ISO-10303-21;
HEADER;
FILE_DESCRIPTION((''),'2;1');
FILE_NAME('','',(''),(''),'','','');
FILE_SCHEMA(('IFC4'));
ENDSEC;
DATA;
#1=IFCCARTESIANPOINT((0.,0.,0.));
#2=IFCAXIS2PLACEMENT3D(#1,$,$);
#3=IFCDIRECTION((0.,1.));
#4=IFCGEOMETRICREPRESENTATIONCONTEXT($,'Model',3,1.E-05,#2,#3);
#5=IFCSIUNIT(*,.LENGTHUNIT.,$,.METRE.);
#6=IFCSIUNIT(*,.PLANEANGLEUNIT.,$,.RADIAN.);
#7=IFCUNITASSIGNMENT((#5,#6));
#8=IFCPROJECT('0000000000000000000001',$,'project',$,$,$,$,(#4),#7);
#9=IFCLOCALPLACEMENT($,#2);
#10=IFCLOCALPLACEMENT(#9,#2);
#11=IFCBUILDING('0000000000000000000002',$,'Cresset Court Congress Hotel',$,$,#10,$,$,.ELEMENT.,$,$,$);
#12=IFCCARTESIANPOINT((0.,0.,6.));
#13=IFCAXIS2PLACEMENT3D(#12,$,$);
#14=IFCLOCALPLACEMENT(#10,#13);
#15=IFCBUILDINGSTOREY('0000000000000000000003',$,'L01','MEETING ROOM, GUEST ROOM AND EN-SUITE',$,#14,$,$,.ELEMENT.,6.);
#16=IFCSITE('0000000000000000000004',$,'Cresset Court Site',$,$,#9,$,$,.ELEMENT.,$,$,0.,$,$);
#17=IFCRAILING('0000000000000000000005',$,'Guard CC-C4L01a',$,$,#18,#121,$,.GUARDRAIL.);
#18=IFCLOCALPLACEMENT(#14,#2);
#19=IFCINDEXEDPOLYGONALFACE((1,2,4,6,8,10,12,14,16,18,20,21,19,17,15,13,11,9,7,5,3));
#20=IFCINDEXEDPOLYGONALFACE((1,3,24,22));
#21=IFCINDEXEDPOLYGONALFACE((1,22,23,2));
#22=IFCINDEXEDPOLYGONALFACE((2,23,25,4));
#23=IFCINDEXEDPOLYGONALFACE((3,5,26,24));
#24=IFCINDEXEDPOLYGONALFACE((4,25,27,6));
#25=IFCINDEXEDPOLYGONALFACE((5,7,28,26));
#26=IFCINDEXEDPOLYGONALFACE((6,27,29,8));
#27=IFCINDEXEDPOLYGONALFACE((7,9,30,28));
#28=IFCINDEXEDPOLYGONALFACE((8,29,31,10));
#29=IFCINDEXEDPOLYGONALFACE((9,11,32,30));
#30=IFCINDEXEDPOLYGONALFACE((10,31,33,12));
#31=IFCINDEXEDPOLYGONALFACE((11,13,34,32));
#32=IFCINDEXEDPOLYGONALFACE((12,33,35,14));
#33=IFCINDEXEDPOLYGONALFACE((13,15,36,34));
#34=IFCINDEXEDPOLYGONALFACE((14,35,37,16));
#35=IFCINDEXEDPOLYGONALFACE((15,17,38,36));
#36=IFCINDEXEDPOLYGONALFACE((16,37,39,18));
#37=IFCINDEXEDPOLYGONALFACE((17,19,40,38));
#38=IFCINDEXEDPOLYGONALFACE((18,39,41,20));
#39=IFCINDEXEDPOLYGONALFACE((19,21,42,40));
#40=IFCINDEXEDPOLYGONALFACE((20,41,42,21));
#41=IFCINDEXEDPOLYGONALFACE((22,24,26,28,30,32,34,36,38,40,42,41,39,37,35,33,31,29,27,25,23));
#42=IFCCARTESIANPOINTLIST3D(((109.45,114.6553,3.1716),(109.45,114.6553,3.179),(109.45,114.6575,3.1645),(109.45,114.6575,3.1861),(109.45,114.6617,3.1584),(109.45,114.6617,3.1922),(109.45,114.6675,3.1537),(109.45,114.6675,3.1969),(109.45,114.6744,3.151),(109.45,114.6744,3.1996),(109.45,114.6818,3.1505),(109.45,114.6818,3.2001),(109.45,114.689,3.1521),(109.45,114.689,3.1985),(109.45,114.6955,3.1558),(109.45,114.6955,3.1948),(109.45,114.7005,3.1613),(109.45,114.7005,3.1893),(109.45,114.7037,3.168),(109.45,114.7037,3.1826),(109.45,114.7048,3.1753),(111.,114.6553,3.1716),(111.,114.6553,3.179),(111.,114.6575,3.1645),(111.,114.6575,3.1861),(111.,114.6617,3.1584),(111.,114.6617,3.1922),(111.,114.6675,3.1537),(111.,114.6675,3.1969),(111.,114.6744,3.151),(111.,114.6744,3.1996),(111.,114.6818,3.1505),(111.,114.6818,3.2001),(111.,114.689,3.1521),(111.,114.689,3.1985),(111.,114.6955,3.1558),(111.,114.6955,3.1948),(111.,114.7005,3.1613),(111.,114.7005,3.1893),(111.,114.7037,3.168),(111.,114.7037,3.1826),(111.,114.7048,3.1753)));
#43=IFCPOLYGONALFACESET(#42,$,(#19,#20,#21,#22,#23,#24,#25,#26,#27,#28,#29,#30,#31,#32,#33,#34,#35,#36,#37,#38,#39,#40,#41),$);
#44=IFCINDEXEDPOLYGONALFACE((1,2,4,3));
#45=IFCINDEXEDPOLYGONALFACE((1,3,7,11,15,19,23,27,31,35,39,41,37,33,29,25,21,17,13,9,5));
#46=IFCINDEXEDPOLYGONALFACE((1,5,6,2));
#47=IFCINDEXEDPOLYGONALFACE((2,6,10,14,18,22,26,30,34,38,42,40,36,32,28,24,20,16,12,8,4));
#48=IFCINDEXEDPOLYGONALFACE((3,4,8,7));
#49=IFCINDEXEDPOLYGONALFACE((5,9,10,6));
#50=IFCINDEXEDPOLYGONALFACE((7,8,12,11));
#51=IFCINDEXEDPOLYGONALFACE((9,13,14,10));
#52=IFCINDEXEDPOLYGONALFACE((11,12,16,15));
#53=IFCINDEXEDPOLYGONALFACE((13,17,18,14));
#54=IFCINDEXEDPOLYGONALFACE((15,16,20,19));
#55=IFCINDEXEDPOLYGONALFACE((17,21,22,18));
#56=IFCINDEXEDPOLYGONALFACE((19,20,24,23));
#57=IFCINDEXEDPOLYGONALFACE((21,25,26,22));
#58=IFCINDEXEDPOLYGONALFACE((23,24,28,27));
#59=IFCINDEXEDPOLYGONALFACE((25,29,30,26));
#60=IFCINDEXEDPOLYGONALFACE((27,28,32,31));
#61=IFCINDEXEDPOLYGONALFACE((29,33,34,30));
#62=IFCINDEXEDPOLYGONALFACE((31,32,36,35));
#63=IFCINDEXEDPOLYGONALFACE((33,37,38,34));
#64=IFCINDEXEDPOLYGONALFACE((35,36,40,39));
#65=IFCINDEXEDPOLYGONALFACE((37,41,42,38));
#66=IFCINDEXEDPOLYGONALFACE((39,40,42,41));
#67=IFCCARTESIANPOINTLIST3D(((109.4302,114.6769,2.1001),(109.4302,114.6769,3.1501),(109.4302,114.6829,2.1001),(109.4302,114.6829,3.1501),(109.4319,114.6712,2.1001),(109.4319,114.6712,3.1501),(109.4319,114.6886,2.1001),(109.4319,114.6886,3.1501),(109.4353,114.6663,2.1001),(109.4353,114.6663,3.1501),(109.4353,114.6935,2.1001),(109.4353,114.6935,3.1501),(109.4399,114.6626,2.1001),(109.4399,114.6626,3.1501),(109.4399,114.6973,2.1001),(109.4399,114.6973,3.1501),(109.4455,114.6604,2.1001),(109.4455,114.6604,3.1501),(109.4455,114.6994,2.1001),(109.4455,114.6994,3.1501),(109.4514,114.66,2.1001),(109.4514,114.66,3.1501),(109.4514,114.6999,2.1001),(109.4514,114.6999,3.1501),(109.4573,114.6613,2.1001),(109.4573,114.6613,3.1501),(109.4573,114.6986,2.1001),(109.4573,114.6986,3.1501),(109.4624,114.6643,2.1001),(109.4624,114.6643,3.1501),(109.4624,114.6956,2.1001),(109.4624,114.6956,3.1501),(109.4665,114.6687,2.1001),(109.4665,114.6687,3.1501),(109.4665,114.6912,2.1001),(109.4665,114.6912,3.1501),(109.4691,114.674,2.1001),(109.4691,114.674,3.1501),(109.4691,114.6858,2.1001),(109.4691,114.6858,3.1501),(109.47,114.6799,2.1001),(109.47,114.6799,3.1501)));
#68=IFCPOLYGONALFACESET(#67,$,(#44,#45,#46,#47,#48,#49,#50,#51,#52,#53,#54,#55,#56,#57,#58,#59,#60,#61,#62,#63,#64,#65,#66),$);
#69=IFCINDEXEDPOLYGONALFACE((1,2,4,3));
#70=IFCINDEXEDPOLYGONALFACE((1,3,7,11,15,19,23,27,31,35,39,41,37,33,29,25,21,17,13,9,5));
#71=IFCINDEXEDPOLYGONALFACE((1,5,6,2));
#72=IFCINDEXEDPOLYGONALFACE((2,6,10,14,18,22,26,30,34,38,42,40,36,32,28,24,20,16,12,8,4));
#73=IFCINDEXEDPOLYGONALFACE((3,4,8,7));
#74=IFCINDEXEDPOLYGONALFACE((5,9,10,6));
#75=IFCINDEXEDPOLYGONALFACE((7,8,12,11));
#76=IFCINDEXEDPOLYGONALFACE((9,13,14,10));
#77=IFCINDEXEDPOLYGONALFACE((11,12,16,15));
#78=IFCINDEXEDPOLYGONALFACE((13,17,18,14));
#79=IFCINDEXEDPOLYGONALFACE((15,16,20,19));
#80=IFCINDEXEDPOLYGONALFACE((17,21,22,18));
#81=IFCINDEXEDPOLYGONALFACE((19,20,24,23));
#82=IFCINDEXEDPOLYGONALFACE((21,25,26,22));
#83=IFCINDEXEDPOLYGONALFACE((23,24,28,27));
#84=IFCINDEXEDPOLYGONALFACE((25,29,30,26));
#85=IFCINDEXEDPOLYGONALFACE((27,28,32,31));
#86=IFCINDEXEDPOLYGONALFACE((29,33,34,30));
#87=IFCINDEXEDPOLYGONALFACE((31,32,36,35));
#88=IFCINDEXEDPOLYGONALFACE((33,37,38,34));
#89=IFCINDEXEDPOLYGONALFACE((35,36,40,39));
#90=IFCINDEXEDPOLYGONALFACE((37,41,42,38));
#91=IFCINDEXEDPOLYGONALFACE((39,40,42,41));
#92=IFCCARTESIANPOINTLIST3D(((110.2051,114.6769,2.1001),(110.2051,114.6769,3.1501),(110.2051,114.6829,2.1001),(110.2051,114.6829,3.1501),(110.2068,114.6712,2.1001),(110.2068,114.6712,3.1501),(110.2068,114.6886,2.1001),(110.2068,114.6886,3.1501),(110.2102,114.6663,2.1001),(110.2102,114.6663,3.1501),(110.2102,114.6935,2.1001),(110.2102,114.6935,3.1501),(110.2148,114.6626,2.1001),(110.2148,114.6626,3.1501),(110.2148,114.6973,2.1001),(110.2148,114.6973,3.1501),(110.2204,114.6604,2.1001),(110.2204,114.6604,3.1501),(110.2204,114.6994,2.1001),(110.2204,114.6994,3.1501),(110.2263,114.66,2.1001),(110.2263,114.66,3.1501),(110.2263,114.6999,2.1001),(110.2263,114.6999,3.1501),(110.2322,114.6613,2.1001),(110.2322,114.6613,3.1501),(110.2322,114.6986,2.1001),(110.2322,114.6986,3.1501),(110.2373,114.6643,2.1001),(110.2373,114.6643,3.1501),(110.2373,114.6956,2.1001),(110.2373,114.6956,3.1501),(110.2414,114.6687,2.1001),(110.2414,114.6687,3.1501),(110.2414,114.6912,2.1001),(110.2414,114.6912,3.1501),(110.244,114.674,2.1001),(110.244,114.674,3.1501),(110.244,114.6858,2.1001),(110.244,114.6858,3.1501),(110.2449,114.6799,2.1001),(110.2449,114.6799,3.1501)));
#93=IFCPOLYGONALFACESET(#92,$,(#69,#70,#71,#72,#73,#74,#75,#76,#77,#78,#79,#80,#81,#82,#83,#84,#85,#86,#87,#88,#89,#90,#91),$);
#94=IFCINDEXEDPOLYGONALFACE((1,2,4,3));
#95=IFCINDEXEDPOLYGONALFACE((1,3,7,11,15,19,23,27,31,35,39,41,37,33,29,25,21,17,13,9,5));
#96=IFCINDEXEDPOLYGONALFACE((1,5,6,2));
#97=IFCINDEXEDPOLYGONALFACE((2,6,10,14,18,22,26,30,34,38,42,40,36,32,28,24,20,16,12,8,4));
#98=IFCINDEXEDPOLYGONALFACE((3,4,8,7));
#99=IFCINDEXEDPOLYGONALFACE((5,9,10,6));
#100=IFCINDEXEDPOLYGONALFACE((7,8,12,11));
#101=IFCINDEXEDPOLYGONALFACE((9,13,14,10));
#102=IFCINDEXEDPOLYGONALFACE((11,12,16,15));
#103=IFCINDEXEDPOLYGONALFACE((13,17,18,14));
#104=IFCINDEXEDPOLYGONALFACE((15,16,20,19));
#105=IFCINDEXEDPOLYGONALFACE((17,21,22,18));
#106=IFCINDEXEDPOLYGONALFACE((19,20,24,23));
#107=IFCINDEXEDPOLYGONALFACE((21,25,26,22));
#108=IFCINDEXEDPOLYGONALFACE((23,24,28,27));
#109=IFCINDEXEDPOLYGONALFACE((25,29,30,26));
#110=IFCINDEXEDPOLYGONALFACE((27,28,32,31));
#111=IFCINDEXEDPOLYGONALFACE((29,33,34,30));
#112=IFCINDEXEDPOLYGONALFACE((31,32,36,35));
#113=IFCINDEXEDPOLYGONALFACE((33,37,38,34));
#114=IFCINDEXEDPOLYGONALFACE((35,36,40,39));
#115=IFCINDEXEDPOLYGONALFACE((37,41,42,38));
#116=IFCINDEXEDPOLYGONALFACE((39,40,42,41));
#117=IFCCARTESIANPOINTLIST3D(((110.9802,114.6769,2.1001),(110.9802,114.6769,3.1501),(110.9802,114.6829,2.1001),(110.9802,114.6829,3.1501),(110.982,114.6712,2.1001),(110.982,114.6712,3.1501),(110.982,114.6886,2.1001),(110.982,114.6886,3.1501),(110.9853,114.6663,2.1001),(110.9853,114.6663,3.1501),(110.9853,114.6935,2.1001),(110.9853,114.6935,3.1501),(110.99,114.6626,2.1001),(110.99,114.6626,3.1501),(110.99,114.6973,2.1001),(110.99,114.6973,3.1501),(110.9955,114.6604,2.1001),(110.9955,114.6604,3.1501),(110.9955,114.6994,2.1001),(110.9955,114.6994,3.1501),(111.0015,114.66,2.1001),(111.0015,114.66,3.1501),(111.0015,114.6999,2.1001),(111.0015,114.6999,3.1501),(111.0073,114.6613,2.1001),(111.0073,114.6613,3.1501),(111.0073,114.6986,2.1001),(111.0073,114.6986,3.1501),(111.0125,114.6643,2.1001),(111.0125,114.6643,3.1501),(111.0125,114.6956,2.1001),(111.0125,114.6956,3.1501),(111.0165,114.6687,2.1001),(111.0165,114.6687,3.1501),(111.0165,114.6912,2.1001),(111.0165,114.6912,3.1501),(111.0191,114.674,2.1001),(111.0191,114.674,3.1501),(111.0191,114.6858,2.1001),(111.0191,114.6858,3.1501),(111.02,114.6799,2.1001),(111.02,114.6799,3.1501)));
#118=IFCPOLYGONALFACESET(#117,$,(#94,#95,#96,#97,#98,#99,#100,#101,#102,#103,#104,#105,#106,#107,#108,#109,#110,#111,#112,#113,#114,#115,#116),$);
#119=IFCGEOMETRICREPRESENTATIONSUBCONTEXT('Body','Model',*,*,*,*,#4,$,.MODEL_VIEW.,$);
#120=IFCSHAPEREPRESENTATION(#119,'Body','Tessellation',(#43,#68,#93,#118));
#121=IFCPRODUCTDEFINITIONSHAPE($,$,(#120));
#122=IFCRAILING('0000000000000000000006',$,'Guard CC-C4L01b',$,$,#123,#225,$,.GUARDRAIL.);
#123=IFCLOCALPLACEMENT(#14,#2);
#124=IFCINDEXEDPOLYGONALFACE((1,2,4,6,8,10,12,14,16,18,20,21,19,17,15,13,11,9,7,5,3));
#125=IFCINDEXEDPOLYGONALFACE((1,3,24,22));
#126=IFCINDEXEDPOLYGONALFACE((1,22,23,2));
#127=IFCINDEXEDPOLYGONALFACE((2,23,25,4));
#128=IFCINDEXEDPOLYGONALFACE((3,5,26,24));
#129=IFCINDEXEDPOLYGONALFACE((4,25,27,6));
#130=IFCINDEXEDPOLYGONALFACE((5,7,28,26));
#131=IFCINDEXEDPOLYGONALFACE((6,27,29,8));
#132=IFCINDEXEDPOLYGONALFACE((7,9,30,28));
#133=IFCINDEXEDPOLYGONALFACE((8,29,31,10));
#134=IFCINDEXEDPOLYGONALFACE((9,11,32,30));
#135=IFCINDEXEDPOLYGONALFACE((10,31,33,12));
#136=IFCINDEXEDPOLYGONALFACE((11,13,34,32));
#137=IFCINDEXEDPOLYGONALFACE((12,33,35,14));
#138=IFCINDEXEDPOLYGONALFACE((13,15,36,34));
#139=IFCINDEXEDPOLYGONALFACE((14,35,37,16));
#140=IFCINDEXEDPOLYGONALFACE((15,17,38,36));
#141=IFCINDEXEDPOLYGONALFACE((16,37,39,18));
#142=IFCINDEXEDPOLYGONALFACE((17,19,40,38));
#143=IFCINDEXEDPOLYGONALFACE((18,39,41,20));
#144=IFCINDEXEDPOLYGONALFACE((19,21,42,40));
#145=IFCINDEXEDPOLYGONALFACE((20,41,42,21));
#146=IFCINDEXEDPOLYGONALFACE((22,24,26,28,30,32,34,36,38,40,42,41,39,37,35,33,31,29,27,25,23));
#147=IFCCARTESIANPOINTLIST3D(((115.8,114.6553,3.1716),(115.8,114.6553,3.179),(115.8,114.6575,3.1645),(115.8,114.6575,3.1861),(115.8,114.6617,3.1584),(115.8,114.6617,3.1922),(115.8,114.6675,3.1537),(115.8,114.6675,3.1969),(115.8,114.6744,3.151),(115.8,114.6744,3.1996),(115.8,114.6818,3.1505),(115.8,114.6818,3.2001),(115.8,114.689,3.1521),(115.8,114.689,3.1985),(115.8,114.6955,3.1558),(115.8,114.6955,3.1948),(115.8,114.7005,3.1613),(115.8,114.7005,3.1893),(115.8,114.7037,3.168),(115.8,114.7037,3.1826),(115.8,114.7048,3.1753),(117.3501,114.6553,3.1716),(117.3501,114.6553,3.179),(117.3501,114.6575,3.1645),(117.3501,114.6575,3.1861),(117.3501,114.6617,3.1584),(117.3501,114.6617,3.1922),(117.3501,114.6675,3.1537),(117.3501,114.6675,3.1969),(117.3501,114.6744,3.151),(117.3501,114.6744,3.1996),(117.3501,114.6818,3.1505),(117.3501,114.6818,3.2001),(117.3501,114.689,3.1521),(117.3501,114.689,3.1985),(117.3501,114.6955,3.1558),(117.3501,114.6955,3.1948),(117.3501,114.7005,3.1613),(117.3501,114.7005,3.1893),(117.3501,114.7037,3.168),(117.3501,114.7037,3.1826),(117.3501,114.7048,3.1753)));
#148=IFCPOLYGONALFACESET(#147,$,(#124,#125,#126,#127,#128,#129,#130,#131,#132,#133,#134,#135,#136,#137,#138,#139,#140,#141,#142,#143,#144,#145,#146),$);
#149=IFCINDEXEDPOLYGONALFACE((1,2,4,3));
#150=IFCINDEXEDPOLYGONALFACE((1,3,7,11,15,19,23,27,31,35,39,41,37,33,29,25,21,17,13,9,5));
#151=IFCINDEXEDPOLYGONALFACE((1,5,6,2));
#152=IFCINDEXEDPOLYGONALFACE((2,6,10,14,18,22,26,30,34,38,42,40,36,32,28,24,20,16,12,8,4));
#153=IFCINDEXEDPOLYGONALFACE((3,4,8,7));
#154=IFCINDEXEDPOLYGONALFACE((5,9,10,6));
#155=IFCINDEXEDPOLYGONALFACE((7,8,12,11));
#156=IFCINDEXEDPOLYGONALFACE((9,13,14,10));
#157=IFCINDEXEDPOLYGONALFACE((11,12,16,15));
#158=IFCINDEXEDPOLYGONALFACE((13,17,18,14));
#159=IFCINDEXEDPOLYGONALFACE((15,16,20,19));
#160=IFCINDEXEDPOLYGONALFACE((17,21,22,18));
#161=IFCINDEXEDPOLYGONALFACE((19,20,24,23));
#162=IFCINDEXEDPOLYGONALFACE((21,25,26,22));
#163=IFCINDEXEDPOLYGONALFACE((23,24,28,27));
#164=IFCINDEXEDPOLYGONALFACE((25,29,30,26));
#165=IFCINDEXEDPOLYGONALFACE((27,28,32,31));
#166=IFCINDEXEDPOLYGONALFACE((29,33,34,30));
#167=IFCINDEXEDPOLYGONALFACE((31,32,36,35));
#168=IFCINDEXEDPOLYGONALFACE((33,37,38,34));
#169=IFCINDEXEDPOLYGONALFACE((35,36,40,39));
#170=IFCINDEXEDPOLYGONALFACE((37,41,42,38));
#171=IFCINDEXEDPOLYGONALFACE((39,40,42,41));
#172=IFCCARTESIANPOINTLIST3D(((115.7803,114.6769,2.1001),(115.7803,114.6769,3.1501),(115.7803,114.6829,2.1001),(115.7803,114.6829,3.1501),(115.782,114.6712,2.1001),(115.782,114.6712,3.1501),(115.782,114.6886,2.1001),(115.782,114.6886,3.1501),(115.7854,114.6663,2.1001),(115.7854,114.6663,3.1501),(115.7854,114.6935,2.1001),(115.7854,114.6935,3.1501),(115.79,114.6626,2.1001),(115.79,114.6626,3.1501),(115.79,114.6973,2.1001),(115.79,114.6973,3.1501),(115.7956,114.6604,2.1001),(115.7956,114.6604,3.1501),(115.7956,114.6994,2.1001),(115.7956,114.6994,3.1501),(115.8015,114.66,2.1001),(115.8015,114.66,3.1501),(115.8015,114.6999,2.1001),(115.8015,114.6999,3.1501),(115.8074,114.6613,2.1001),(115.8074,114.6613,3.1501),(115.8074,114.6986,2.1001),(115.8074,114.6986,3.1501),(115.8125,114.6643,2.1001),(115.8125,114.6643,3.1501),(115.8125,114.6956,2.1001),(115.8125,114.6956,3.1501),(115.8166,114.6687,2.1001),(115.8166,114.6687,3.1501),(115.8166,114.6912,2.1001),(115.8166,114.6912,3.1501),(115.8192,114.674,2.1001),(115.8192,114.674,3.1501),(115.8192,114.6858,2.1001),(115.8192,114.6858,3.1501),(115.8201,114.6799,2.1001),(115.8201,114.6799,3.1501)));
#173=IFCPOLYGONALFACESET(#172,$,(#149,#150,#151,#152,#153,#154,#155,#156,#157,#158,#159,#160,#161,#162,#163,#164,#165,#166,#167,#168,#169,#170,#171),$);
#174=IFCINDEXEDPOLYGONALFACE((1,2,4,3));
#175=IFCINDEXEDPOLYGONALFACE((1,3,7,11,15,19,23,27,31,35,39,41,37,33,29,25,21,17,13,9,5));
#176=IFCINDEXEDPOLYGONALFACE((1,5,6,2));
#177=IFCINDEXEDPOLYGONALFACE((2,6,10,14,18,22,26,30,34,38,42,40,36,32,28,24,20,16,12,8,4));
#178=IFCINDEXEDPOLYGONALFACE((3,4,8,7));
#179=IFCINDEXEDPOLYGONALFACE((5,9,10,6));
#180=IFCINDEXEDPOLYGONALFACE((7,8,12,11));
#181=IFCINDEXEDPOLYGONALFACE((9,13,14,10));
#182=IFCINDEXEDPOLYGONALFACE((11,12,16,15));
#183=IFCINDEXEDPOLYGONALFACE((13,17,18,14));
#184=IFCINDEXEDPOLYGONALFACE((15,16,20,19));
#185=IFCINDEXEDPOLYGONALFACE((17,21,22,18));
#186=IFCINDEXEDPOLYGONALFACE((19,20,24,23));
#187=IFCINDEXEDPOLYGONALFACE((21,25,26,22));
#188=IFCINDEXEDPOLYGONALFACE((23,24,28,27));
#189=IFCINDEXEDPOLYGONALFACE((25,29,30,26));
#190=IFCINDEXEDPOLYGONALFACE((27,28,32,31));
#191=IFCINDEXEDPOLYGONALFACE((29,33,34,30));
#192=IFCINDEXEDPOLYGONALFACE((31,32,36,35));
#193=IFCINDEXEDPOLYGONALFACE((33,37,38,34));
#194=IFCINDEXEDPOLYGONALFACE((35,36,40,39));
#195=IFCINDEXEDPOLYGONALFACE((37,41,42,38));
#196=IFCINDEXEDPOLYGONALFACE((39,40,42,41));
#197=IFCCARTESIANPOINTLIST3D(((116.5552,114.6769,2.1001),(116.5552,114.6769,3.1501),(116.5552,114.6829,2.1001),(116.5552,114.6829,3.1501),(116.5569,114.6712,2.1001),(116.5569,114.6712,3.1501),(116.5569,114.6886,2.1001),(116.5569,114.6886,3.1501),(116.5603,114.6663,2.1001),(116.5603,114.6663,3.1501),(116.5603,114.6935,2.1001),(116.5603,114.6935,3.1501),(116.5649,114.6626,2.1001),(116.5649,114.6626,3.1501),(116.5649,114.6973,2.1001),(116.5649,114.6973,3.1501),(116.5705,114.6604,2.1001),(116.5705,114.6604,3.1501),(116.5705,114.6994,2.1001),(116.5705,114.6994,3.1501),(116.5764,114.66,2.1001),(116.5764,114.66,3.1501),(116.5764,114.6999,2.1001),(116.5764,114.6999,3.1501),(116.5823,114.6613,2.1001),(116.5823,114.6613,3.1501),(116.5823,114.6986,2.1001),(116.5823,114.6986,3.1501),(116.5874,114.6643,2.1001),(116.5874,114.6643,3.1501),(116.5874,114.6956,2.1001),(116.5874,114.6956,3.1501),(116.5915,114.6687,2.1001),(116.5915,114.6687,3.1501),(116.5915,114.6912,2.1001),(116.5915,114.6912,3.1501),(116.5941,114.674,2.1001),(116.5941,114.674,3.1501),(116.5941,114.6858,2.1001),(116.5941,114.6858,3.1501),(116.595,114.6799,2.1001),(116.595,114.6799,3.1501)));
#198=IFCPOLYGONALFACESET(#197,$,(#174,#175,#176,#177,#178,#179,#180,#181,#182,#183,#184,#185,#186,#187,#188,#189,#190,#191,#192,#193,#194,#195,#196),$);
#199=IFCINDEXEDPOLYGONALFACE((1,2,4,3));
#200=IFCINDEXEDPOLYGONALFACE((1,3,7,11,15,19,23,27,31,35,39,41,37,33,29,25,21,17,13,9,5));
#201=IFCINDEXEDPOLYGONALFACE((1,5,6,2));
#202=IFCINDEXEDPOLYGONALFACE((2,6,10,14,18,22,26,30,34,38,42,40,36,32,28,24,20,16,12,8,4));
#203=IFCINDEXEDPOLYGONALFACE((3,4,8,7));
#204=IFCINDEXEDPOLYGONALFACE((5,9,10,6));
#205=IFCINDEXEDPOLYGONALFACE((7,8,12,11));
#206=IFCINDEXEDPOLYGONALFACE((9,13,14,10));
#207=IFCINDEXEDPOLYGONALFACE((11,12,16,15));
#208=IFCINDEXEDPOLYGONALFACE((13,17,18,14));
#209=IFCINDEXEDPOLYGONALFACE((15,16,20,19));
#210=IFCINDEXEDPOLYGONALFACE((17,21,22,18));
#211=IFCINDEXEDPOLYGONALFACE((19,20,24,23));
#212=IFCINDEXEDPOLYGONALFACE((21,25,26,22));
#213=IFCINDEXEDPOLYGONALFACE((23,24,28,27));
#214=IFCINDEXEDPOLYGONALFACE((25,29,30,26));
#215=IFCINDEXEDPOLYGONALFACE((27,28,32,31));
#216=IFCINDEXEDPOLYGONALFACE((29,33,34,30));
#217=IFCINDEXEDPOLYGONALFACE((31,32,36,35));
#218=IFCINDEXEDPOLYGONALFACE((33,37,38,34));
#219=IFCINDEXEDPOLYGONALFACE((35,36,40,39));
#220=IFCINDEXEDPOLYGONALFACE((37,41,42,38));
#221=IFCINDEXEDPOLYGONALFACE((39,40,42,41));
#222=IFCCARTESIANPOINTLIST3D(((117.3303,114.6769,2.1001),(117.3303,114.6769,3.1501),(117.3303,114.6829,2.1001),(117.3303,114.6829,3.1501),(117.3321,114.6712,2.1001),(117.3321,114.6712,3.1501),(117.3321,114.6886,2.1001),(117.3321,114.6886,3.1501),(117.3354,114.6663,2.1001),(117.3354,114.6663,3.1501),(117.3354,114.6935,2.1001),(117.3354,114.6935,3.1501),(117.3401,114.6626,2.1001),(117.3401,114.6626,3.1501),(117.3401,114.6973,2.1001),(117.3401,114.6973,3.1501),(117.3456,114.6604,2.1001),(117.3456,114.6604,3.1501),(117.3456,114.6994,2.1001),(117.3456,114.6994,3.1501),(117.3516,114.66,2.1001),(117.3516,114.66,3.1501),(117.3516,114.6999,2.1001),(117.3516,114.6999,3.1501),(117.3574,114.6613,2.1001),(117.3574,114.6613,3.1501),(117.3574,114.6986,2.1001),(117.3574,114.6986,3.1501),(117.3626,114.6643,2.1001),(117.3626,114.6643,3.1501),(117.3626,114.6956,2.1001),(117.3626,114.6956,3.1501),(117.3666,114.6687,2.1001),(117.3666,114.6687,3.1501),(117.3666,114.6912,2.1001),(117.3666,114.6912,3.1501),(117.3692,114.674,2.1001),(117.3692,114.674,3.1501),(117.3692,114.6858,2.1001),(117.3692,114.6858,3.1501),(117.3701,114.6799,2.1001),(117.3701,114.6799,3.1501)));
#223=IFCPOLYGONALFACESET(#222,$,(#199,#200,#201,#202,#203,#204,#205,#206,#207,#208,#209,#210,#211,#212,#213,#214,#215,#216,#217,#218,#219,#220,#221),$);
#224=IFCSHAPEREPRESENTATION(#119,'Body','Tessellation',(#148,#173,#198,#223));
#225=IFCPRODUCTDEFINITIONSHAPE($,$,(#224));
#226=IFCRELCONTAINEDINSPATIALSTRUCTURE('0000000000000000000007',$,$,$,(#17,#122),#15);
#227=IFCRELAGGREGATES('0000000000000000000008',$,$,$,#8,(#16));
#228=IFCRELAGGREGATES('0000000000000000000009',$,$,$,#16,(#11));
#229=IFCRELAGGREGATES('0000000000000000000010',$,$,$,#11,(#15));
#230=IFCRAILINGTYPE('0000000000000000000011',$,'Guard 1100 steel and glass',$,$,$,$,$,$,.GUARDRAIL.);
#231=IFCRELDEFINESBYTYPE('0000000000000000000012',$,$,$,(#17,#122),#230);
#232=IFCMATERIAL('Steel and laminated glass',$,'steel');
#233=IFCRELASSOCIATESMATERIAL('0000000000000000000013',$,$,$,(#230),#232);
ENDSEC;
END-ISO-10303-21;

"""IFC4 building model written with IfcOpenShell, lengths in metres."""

from ifc_helpers import new_model, si_unit, direction, frame, origin, origin_2d, place, context, subcontext, project, spatial, circle, extrude, material, type_object, element, save


model = new_model("IFC4")

# Units and contexts
model_context = context("Model", 3, precision=1e-05, world=origin(), true_north=direction((0.0, 1.0)))
body_context = subcontext(model_context, "Body", "Model", "MODEL_VIEW")
ifc_project = project(units=[si_unit("LENGTHUNIT", "METRE"), si_unit("PLANEANGLEUNIT", "RADIAN")], contexts=[model_context])

# Site, building, storey
site_placement = place(None, origin())
site = spatial("IfcSite", under=ifc_project, at=site_placement, Name="Cresset Court Site", CompositionType="ELEMENT", RefElevation=0.0)
building_placement = place(site_placement, origin())
building = spatial("IfcBuilding", under=site, at=building_placement, Name="Cresset Court Congress Hotel", CompositionType="ELEMENT")
storey_placement = place(building_placement, frame((0.0, 0.0, 6.0)))
storey = spatial("IfcBuildingStorey", under=building, at=storey_placement, Name="L01", Description="MEETING ROOM, GUEST ROOM AND EN-SUITE", CompositionType="ELEMENT", Elevation=6.0)

# Railings
ifc_material_1 = material(Name="Steel and laminated glass", Category="steel")
railing_type = type_object("IfcRailingType", Name="Guard 1100 steel and glass", PredefinedType="GUARDRAIL", material=ifc_material_1)
for number, where, name in (
    (1, (109.45, 114.6799, 2.1001), "Guard CC-C4L01a"),
    (2, (115.8, 114.6799, 2.1001), "Guard CC-C4L01b"),
):
    element("IfcRailing", number, at=place(storey_placement, frame(where)), inside=storey, type_object=railing_type, Name=name, PredefinedType="GUARDRAIL", context=body_context, shape_type="SweptSolid", body=[
        extrude(circle(Radius=0.0249, at=origin_2d()), frame((0.0, 0.0, 1.0752), z_axis=(1.0, 0.0, 0.0), x_axis=(0.0, 1.0, 0.0)), (0.0, 0.0, 1.0), 1.55),
        extrude(circle(Radius=0.02, at=origin_2d()), origin(), (0.0, 0.0, 1.0), 1.05),
        extrude(circle(Radius=0.02, at=origin_2d()), frame((0.7749, 0.0, 0.0)), (0.0, 0.0, 1.0), 1.05),
        extrude(circle(Radius=0.02, at=origin_2d()), frame((1.55, 0.0, 0.0)), (0.0, 0.0, 1.0), 1.05),
    ])

save(model, "model.ifc")
